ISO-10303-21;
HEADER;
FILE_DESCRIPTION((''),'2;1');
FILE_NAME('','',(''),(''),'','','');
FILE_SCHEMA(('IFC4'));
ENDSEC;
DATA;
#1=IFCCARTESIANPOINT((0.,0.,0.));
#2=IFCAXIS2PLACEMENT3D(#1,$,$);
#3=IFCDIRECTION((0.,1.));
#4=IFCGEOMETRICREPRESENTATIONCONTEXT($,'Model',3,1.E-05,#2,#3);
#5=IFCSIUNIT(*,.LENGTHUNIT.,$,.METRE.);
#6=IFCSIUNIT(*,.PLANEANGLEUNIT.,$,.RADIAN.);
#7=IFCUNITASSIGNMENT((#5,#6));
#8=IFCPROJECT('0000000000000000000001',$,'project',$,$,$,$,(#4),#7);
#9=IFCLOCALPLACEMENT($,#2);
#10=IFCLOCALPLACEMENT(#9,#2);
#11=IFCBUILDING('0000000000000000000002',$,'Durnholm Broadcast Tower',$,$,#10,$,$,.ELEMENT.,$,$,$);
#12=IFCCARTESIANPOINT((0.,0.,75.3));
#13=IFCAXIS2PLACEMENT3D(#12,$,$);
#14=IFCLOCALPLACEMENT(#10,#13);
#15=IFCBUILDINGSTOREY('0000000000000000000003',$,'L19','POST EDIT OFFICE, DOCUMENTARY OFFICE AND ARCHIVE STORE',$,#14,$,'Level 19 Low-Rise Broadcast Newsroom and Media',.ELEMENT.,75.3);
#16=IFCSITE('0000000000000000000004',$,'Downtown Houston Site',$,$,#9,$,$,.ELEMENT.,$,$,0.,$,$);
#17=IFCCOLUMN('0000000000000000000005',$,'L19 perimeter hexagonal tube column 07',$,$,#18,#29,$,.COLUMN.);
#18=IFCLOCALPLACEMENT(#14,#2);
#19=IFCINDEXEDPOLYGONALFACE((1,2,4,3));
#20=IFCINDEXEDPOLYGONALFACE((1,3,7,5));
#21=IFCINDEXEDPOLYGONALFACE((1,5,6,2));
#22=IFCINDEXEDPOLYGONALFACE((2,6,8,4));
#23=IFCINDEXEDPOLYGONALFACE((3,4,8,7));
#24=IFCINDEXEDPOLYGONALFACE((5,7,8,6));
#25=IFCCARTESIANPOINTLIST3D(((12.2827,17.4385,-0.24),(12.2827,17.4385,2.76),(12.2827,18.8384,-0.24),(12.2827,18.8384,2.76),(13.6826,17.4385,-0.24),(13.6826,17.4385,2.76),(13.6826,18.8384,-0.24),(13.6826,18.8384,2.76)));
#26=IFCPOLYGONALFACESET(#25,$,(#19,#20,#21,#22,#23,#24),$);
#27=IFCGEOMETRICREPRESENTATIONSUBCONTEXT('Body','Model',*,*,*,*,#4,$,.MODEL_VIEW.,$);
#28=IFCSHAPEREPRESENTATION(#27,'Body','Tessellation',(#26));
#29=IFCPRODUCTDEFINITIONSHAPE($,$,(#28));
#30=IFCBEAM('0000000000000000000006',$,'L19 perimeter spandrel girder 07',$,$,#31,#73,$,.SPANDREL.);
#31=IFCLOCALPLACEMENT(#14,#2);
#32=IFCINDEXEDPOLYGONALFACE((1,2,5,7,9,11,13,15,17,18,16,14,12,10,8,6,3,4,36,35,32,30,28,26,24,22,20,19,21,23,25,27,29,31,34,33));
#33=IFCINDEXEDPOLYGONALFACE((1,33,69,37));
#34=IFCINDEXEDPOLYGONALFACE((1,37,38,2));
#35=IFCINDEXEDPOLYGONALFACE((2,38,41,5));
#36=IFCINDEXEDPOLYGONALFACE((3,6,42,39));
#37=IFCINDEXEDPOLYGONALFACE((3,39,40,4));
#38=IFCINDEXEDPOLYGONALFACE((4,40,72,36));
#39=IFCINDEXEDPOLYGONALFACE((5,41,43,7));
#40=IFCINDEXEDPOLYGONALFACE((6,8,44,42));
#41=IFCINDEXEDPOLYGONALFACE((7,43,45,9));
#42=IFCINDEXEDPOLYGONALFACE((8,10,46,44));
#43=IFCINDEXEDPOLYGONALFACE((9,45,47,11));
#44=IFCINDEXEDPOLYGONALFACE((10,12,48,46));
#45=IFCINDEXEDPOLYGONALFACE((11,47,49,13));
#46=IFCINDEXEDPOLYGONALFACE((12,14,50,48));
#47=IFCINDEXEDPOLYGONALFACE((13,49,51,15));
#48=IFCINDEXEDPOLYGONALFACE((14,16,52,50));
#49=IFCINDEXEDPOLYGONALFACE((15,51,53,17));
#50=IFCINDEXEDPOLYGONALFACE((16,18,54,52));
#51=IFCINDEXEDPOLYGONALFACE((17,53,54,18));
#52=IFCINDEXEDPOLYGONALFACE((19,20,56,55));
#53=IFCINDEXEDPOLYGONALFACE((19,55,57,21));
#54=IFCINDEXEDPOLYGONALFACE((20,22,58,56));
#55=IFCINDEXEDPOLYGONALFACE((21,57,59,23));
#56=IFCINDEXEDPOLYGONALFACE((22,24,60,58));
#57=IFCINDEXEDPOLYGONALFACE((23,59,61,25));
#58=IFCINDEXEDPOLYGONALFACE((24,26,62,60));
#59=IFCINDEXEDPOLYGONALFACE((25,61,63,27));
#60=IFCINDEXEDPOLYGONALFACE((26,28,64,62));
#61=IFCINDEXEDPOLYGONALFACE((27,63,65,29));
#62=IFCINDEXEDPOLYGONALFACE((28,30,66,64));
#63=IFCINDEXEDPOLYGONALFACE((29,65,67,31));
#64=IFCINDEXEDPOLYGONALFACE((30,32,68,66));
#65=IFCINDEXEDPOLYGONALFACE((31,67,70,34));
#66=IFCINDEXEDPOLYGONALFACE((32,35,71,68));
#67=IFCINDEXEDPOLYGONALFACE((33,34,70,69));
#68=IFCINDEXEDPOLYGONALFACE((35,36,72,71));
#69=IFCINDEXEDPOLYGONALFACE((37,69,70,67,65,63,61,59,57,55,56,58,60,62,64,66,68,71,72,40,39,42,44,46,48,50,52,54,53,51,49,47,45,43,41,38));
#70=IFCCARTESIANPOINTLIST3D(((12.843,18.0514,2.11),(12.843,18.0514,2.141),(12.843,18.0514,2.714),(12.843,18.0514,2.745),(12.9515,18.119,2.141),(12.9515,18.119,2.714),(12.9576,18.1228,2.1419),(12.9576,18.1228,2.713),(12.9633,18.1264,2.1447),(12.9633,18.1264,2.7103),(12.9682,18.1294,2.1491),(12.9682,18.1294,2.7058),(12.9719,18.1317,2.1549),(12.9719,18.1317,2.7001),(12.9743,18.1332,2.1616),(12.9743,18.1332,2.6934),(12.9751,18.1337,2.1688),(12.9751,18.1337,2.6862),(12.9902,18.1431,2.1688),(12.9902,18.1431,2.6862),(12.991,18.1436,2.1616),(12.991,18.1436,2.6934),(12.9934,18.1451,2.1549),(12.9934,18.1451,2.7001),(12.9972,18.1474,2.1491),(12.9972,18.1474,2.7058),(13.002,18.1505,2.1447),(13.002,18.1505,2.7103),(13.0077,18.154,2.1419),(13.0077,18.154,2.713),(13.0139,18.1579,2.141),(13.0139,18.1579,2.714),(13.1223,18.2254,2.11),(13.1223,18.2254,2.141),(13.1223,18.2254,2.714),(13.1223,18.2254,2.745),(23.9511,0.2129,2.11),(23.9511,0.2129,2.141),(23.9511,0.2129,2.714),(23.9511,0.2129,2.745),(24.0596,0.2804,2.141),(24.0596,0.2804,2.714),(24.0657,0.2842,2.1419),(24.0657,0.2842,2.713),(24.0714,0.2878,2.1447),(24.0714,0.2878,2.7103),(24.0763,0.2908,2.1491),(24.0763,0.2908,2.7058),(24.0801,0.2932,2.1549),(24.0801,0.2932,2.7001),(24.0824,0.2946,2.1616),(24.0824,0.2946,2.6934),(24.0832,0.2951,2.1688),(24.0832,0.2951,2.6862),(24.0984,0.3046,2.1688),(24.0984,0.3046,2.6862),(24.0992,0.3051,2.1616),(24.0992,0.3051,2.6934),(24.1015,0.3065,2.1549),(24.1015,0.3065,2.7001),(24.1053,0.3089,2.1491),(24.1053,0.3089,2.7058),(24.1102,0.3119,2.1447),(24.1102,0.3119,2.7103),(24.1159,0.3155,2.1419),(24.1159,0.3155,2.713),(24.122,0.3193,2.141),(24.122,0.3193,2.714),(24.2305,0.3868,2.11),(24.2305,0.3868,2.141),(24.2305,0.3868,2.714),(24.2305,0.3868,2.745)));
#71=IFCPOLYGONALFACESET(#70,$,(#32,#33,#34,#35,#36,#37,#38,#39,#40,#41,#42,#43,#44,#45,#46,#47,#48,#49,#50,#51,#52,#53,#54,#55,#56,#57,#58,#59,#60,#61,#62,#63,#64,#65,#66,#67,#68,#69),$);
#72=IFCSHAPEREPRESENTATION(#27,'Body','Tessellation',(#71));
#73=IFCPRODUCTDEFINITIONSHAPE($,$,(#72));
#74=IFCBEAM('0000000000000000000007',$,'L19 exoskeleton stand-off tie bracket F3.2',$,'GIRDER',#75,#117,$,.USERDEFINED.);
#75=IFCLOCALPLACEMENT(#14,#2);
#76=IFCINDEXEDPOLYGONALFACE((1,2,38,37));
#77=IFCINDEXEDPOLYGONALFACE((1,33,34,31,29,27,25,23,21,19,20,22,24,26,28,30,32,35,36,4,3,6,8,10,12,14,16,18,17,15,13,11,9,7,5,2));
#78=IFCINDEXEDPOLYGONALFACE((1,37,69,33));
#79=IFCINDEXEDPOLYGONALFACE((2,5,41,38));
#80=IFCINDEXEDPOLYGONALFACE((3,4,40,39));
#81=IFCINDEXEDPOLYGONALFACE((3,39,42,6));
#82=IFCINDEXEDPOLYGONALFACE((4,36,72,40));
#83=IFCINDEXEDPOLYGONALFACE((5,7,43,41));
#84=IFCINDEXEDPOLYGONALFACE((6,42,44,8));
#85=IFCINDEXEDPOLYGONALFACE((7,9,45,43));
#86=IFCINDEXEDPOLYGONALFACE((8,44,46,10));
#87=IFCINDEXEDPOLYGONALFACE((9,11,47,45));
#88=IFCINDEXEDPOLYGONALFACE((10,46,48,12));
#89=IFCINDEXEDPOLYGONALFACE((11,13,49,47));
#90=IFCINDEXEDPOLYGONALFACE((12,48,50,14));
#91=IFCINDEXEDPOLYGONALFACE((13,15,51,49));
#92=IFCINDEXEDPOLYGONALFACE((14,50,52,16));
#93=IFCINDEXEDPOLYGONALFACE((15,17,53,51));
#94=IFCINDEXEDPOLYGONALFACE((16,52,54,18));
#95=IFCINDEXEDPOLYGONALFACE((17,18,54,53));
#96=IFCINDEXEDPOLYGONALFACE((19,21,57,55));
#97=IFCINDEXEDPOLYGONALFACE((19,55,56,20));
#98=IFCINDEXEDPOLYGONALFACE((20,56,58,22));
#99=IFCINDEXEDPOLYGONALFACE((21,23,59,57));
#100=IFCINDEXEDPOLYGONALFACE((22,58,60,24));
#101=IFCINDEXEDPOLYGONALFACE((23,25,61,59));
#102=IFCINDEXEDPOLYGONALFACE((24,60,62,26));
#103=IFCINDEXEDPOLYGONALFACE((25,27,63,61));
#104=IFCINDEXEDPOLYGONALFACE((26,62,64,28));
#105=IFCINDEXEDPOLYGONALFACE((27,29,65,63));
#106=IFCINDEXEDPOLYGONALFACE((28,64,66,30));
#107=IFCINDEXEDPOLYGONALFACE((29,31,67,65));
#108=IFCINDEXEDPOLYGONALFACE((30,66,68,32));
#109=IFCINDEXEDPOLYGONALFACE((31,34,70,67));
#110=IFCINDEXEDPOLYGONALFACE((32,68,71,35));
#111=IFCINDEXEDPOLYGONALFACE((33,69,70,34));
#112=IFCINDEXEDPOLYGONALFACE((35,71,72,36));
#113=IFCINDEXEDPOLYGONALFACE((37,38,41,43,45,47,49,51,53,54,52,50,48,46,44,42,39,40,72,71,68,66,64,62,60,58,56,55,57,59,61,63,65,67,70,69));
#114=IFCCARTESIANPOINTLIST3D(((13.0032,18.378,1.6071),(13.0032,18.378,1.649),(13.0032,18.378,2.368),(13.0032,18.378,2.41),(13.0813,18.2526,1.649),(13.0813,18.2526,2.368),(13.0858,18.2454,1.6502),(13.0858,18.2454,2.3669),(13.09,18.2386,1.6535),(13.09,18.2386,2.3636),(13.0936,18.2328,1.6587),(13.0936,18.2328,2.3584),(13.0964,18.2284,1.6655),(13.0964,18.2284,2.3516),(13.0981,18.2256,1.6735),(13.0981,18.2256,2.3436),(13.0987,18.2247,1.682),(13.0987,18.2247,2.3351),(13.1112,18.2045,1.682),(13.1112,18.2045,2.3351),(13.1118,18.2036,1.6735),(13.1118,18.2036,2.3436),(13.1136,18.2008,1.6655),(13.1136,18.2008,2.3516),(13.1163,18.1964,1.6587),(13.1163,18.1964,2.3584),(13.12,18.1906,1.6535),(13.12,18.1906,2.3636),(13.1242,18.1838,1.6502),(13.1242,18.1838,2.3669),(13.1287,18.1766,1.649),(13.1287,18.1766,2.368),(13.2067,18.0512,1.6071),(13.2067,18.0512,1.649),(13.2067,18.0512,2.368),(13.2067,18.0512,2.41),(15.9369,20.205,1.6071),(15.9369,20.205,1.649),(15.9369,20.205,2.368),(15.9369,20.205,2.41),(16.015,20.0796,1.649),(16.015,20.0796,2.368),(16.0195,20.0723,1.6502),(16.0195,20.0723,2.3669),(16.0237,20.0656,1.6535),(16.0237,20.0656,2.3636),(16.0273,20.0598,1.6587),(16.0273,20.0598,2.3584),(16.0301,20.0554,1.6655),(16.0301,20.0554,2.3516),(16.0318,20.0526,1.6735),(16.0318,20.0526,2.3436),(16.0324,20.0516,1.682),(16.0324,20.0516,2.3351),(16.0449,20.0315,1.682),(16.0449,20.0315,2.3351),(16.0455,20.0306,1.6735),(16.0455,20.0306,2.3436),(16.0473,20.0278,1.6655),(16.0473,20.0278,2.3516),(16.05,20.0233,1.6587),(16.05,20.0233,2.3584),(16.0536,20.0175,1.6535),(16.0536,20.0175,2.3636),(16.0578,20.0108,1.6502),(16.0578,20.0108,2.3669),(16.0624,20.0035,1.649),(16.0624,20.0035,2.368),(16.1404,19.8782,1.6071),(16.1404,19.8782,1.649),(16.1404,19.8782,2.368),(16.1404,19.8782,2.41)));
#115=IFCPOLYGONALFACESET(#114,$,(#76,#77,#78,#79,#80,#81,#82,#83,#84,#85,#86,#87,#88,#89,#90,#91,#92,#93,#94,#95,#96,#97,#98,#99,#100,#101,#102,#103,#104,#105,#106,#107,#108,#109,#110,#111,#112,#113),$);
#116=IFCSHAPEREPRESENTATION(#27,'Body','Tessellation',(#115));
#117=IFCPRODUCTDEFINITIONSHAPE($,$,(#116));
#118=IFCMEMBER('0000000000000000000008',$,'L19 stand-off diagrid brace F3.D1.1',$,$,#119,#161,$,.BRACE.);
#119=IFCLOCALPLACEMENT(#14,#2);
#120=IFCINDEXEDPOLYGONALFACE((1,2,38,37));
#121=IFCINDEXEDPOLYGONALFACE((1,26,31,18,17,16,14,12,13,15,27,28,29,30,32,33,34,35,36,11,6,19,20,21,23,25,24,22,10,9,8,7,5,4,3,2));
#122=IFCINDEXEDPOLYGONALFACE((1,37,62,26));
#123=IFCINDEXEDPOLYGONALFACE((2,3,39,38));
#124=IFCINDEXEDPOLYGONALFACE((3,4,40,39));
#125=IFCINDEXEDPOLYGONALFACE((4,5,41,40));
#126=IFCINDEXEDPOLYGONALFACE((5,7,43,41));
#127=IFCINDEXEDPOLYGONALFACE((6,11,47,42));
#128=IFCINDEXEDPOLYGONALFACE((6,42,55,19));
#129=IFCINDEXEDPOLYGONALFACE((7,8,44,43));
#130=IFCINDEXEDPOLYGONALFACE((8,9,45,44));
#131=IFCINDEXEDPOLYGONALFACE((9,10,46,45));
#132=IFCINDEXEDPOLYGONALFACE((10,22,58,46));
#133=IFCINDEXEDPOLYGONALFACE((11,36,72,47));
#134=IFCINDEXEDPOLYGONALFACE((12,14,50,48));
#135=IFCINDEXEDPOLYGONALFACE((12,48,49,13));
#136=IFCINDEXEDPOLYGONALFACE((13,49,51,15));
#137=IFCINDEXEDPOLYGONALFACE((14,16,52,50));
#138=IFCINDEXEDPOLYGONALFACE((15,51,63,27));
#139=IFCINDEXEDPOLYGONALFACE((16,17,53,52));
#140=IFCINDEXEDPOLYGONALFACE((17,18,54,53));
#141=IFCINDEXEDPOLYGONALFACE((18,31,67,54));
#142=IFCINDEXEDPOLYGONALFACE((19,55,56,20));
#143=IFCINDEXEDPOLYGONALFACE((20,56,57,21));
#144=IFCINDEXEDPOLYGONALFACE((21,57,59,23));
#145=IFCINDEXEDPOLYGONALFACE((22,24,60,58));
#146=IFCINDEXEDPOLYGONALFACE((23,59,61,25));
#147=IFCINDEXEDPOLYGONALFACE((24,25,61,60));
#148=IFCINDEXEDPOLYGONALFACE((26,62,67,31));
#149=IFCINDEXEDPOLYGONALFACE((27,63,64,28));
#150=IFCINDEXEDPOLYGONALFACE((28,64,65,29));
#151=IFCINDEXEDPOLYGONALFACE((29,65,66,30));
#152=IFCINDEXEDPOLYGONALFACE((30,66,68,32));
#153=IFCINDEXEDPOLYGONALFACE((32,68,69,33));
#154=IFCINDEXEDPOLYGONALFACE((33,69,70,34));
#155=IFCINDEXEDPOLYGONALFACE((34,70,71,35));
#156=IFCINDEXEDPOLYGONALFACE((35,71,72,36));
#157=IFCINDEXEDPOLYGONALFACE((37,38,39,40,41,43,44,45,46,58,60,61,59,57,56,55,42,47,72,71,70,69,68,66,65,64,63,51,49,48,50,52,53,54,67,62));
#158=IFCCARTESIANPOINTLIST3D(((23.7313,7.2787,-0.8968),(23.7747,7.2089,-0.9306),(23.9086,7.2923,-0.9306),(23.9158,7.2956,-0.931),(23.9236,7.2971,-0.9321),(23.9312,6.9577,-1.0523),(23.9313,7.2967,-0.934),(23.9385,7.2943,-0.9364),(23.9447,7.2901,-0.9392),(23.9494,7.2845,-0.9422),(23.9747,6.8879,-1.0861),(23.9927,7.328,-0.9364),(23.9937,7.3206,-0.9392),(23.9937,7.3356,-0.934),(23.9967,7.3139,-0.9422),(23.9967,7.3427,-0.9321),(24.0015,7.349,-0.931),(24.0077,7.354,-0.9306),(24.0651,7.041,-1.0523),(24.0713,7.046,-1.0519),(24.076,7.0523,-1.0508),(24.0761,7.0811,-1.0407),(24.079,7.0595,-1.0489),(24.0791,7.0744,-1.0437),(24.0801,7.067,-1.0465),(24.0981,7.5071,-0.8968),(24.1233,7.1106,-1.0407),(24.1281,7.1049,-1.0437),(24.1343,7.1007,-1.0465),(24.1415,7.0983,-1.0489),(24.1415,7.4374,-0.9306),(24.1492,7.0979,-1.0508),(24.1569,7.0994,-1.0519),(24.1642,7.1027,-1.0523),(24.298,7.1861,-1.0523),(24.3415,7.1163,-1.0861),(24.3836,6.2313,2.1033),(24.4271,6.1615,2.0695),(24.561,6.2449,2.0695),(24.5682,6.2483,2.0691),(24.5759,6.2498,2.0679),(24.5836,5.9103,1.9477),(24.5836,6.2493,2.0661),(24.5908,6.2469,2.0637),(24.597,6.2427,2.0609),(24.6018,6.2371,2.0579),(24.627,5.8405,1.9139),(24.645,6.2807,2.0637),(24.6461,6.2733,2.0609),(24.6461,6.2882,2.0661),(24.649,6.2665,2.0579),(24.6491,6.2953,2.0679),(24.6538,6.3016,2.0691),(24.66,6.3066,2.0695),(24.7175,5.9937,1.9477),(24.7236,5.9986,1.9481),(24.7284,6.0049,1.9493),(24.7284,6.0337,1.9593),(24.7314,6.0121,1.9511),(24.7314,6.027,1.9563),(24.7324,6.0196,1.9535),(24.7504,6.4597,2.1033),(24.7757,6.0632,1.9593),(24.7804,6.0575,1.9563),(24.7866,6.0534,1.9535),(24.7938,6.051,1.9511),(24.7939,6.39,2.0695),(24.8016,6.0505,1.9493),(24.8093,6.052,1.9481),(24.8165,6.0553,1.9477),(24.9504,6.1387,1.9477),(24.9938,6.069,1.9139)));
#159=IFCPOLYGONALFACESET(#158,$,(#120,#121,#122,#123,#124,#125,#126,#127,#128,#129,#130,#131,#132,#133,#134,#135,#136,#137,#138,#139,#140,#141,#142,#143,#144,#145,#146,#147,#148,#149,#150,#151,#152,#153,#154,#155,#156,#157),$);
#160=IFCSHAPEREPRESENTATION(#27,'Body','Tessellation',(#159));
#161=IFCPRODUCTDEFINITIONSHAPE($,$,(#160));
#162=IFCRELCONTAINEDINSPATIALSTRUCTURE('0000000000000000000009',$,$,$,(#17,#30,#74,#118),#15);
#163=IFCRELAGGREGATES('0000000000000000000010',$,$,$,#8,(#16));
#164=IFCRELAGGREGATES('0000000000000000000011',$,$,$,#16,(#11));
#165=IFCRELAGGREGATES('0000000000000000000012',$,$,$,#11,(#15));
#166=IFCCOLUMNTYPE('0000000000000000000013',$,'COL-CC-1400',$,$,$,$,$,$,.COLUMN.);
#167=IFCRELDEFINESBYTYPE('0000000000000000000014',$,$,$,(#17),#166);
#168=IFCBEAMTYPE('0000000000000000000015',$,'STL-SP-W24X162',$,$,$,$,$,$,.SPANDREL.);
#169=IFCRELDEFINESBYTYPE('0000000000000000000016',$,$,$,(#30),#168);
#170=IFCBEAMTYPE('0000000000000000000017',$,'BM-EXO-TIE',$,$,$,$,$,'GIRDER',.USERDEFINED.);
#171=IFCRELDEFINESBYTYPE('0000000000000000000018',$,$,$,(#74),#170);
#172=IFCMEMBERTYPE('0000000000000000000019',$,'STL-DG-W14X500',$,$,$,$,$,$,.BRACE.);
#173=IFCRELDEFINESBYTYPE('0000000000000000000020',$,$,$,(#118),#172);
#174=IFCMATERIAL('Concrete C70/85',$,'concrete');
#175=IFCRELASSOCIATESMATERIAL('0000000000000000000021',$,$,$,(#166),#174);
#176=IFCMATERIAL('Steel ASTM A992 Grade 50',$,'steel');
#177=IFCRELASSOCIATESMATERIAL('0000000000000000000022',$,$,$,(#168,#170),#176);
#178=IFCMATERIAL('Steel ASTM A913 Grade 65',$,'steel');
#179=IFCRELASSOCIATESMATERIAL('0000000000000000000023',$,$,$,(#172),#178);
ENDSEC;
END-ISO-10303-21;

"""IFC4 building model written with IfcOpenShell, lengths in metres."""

from ifc_helpers import new_model, si_unit, direction, frame, origin, origin_2d, place, context, subcontext, project, spatial, rectangle, i_section, extrude, source, transform, mapped, material, material_profile, profile_set, type_object, type_shapes, element, save


model = new_model("IFC4")

# Units and contexts
model_context = context("Model", 3, precision=1e-05, world=origin(), true_north=direction((0.0, 1.0)))
body_context = subcontext(model_context, "Body", "Model", "MODEL_VIEW")
ifc_project = project(units=[si_unit("LENGTHUNIT", "METRE"), si_unit("PLANEANGLEUNIT", "RADIAN")], contexts=[model_context])

# Site, building, storey
site_placement = place(None, origin())
site = spatial("IfcSite", under=ifc_project, at=site_placement, Name="Downtown Houston Site", CompositionType="ELEMENT", RefElevation=0.0)
building_placement = place(site_placement, origin())
building = spatial("IfcBuilding", under=site, at=building_placement, Name="Durnholm Broadcast Tower", CompositionType="ELEMENT")
storey_placement = place(building_placement, frame((0.0, 0.0, 75.3)))
storey = spatial("IfcBuildingStorey", under=building, at=storey_placement, Name="L19", Description="POST EDIT OFFICE, DOCUMENTARY OFFICE AND ARCHIVE STORE", LongName="Level 19 Low-Rise Broadcast Newsroom and Media", CompositionType="ELEMENT", Elevation=75.3)

# Column
ifc_material_1 = material(Name="Concrete C70/85", Category="concrete")
ifc_material_profile_1 = material_profile(ifc_material_1, rectangle(XDim=1.3999, YDim=1.3999, at=origin_2d()), Name="RC1400X1400")
ifc_profile_set_1 = profile_set([ifc_material_profile_1], Name="Concrete C70/85")
column_type = type_object("IfcColumnType", Name="COL-CC-1400", PredefinedType="COLUMN", material=ifc_profile_set_1)
shared_shape_1 = source(origin(), body_context, "Body", "SweptSolid", [
    extrude(rectangle(XDim=1.3999, YDim=1.3999, at=origin_2d()), origin(), (0.0, 0.0, 1.0), 3.0),
])
type_shapes(column_type, [shared_shape_1])
column_placement = place(storey_placement, frame((12.9827, 18.1384, -0.24), z_axis=(0.0, 0.0, 1.0), x_axis=(1.0, 0.0, 0.0)))
element("IfcColumn", 1, at=column_placement, inside=storey, type_object=column_type, Name="L19 perimeter hexagonal tube column 07", PredefinedType="COLUMN", context=body_context, shape_type="MappedRepresentation", body=[
    mapped(shared_shape_1, transform((0.0, 0.0, 0.0), x_axis=(1.0, 0.0, 0.0), y_axis=(0.0, 1.0, 0.0), z_axis=(0.0, 0.0, 1.0), scale=1.0)),
])

# Beams
ifc_material_2 = material(Name="Steel ASTM A992 Grade 50", Category="steel")
ifc_material_profile_2 = material_profile(ifc_material_2, i_section(OverallWidth=0.3291, OverallDepth=0.635, WebThickness=0.0178, FlangeThickness=0.031, FilletRadius=0.0278, at=origin_2d()), Name="W24X162")
ifc_profile_set_2 = profile_set([ifc_material_profile_2], Name="Steel ASTM A992 Grade 50")
beam_type_1 = type_object("IfcBeamType", Name="STL-SP-W24X162", PredefinedType="SPANDREL", material=ifc_profile_set_2)
shared_shape_2 = source(origin(), body_context, "Body", "SweptSolid", [
    extrude(i_section(OverallWidth=0.3291, OverallDepth=0.635, WebThickness=0.0178, FlangeThickness=0.031, FilletRadius=0.0278, at=origin_2d()), origin(), (0.0, 0.0, 1.0), 21.0144),
])
type_shapes(beam_type_1, [shared_shape_2])
beam_1_placement = place(storey_placement, frame((12.9827, 18.1384, 2.4275), z_axis=(0.528596, -0.848874, 0.0), x_axis=(0.848874, 0.528596, 0.0)))
element("IfcBeam", 2, at=beam_1_placement, inside=storey, type_object=beam_type_1, Name="L19 perimeter spandrel girder 07", PredefinedType="SPANDREL", context=body_context, shape_type="MappedRepresentation", body=[
    mapped(shared_shape_2, transform((0.0, 0.0, 0.0), x_axis=(1.0, 0.0, 0.0), y_axis=(0.0, 1.0, 0.0), z_axis=(0.0, 0.0, 1.0), scale=1.0)),
])
ifc_material_profile_3 = material_profile(ifc_material_2, i_section(OverallWidth=0.385, OverallDepth=0.803, WebThickness=0.0237, FlangeThickness=0.042, FilletRadius=0.033, at=origin_2d()), Name="W30X261")
ifc_profile_set_3 = profile_set([ifc_material_profile_3], Name="Steel ASTM A992 Grade 50")
beam_type_2 = type_object("IfcBeamType", Name="BM-EXO-TIE", ElementType="GIRDER", PredefinedType="USERDEFINED", material=ifc_profile_set_3)
shared_shape_3 = source(origin(), body_context, "Body", "SweptSolid", [
    extrude(i_section(OverallWidth=0.385, OverallDepth=0.803, WebThickness=0.0237, FlangeThickness=0.042, FilletRadius=0.033, at=origin_2d()), origin(), (0.0, 0.0, 1.0), 3.4561),
])
type_shapes(beam_type_2, [shared_shape_3])
beam_2_placement = place(storey_placement, frame((13.105, 18.2146, 2.0085), z_axis=(0.848854, 0.528627, 0.0), x_axis=(-0.528627, 0.848854, 0.0)))
element("IfcBeam", 3, at=beam_2_placement, inside=storey, type_object=beam_type_2, Name="L19 exoskeleton stand-off tie bracket F3.2", ObjectType="GIRDER", PredefinedType="USERDEFINED", context=body_context, shape_type="MappedRepresentation", body=[
    mapped(shared_shape_3, transform((0.0, 0.0, 0.0), x_axis=(1.0, 0.0, 0.0), y_axis=(0.0, 1.0, 0.0), z_axis=(0.0, 0.0, 1.0), scale=1.0)),
])

# Member
ifc_material_3 = material(Name="Steel ASTM A913 Grade 65", Category="steel")
ifc_material_profile_4 = material_profile(ifc_material_3, i_section(OverallWidth=0.4321, OverallDepth=0.4978, WebThickness=0.0557, FlangeThickness=0.0889, FilletRadius=0.0305, at=origin_2d()), Name="W14X500")
ifc_profile_set_4 = profile_set([ifc_material_profile_4], Name="Steel ASTM A913 Grade 65")
member_type_1 = type_object("IfcMemberType", Name="STL-DG-W14X500", PredefinedType="BRACE", material=ifc_profile_set_4)
shared_shape_4 = source(origin(), body_context, "Body", "SweptSolid", [
    extrude(i_section(OverallWidth=0.4321, OverallDepth=0.4978, WebThickness=0.0557, FlangeThickness=0.0889, FilletRadius=0.0305, at=origin_2d()), origin(), (0.0, 0.0, 1.0), 3.2439),
])
type_shapes(member_type_1, [shared_shape_4])
for number, where, z_axis, x_axis, name in (
    (4, (24.0364, 7.1975, -0.9915), (0.201102, -0.322877, 0.924829), (0.84882, 0.528682, 0.0), "L19 stand-off diagrid brace F3.D1.1"),
):
    element("IfcMember", number, at=place(storey_placement, frame(where, z_axis=z_axis, x_axis=x_axis)), inside=storey, type_object=member_type_1, Name=name, PredefinedType="BRACE", context=body_context, shape_type="MappedRepresentation", body=[
        mapped(shared_shape_4, transform((0.0, 0.0, 0.0), x_axis=(1.0, 0.0, 0.0), y_axis=(0.0, 1.0, 0.0), z_axis=(0.0, 0.0, 1.0), scale=1.0)),
    ])

save(model, "model.ifc")
